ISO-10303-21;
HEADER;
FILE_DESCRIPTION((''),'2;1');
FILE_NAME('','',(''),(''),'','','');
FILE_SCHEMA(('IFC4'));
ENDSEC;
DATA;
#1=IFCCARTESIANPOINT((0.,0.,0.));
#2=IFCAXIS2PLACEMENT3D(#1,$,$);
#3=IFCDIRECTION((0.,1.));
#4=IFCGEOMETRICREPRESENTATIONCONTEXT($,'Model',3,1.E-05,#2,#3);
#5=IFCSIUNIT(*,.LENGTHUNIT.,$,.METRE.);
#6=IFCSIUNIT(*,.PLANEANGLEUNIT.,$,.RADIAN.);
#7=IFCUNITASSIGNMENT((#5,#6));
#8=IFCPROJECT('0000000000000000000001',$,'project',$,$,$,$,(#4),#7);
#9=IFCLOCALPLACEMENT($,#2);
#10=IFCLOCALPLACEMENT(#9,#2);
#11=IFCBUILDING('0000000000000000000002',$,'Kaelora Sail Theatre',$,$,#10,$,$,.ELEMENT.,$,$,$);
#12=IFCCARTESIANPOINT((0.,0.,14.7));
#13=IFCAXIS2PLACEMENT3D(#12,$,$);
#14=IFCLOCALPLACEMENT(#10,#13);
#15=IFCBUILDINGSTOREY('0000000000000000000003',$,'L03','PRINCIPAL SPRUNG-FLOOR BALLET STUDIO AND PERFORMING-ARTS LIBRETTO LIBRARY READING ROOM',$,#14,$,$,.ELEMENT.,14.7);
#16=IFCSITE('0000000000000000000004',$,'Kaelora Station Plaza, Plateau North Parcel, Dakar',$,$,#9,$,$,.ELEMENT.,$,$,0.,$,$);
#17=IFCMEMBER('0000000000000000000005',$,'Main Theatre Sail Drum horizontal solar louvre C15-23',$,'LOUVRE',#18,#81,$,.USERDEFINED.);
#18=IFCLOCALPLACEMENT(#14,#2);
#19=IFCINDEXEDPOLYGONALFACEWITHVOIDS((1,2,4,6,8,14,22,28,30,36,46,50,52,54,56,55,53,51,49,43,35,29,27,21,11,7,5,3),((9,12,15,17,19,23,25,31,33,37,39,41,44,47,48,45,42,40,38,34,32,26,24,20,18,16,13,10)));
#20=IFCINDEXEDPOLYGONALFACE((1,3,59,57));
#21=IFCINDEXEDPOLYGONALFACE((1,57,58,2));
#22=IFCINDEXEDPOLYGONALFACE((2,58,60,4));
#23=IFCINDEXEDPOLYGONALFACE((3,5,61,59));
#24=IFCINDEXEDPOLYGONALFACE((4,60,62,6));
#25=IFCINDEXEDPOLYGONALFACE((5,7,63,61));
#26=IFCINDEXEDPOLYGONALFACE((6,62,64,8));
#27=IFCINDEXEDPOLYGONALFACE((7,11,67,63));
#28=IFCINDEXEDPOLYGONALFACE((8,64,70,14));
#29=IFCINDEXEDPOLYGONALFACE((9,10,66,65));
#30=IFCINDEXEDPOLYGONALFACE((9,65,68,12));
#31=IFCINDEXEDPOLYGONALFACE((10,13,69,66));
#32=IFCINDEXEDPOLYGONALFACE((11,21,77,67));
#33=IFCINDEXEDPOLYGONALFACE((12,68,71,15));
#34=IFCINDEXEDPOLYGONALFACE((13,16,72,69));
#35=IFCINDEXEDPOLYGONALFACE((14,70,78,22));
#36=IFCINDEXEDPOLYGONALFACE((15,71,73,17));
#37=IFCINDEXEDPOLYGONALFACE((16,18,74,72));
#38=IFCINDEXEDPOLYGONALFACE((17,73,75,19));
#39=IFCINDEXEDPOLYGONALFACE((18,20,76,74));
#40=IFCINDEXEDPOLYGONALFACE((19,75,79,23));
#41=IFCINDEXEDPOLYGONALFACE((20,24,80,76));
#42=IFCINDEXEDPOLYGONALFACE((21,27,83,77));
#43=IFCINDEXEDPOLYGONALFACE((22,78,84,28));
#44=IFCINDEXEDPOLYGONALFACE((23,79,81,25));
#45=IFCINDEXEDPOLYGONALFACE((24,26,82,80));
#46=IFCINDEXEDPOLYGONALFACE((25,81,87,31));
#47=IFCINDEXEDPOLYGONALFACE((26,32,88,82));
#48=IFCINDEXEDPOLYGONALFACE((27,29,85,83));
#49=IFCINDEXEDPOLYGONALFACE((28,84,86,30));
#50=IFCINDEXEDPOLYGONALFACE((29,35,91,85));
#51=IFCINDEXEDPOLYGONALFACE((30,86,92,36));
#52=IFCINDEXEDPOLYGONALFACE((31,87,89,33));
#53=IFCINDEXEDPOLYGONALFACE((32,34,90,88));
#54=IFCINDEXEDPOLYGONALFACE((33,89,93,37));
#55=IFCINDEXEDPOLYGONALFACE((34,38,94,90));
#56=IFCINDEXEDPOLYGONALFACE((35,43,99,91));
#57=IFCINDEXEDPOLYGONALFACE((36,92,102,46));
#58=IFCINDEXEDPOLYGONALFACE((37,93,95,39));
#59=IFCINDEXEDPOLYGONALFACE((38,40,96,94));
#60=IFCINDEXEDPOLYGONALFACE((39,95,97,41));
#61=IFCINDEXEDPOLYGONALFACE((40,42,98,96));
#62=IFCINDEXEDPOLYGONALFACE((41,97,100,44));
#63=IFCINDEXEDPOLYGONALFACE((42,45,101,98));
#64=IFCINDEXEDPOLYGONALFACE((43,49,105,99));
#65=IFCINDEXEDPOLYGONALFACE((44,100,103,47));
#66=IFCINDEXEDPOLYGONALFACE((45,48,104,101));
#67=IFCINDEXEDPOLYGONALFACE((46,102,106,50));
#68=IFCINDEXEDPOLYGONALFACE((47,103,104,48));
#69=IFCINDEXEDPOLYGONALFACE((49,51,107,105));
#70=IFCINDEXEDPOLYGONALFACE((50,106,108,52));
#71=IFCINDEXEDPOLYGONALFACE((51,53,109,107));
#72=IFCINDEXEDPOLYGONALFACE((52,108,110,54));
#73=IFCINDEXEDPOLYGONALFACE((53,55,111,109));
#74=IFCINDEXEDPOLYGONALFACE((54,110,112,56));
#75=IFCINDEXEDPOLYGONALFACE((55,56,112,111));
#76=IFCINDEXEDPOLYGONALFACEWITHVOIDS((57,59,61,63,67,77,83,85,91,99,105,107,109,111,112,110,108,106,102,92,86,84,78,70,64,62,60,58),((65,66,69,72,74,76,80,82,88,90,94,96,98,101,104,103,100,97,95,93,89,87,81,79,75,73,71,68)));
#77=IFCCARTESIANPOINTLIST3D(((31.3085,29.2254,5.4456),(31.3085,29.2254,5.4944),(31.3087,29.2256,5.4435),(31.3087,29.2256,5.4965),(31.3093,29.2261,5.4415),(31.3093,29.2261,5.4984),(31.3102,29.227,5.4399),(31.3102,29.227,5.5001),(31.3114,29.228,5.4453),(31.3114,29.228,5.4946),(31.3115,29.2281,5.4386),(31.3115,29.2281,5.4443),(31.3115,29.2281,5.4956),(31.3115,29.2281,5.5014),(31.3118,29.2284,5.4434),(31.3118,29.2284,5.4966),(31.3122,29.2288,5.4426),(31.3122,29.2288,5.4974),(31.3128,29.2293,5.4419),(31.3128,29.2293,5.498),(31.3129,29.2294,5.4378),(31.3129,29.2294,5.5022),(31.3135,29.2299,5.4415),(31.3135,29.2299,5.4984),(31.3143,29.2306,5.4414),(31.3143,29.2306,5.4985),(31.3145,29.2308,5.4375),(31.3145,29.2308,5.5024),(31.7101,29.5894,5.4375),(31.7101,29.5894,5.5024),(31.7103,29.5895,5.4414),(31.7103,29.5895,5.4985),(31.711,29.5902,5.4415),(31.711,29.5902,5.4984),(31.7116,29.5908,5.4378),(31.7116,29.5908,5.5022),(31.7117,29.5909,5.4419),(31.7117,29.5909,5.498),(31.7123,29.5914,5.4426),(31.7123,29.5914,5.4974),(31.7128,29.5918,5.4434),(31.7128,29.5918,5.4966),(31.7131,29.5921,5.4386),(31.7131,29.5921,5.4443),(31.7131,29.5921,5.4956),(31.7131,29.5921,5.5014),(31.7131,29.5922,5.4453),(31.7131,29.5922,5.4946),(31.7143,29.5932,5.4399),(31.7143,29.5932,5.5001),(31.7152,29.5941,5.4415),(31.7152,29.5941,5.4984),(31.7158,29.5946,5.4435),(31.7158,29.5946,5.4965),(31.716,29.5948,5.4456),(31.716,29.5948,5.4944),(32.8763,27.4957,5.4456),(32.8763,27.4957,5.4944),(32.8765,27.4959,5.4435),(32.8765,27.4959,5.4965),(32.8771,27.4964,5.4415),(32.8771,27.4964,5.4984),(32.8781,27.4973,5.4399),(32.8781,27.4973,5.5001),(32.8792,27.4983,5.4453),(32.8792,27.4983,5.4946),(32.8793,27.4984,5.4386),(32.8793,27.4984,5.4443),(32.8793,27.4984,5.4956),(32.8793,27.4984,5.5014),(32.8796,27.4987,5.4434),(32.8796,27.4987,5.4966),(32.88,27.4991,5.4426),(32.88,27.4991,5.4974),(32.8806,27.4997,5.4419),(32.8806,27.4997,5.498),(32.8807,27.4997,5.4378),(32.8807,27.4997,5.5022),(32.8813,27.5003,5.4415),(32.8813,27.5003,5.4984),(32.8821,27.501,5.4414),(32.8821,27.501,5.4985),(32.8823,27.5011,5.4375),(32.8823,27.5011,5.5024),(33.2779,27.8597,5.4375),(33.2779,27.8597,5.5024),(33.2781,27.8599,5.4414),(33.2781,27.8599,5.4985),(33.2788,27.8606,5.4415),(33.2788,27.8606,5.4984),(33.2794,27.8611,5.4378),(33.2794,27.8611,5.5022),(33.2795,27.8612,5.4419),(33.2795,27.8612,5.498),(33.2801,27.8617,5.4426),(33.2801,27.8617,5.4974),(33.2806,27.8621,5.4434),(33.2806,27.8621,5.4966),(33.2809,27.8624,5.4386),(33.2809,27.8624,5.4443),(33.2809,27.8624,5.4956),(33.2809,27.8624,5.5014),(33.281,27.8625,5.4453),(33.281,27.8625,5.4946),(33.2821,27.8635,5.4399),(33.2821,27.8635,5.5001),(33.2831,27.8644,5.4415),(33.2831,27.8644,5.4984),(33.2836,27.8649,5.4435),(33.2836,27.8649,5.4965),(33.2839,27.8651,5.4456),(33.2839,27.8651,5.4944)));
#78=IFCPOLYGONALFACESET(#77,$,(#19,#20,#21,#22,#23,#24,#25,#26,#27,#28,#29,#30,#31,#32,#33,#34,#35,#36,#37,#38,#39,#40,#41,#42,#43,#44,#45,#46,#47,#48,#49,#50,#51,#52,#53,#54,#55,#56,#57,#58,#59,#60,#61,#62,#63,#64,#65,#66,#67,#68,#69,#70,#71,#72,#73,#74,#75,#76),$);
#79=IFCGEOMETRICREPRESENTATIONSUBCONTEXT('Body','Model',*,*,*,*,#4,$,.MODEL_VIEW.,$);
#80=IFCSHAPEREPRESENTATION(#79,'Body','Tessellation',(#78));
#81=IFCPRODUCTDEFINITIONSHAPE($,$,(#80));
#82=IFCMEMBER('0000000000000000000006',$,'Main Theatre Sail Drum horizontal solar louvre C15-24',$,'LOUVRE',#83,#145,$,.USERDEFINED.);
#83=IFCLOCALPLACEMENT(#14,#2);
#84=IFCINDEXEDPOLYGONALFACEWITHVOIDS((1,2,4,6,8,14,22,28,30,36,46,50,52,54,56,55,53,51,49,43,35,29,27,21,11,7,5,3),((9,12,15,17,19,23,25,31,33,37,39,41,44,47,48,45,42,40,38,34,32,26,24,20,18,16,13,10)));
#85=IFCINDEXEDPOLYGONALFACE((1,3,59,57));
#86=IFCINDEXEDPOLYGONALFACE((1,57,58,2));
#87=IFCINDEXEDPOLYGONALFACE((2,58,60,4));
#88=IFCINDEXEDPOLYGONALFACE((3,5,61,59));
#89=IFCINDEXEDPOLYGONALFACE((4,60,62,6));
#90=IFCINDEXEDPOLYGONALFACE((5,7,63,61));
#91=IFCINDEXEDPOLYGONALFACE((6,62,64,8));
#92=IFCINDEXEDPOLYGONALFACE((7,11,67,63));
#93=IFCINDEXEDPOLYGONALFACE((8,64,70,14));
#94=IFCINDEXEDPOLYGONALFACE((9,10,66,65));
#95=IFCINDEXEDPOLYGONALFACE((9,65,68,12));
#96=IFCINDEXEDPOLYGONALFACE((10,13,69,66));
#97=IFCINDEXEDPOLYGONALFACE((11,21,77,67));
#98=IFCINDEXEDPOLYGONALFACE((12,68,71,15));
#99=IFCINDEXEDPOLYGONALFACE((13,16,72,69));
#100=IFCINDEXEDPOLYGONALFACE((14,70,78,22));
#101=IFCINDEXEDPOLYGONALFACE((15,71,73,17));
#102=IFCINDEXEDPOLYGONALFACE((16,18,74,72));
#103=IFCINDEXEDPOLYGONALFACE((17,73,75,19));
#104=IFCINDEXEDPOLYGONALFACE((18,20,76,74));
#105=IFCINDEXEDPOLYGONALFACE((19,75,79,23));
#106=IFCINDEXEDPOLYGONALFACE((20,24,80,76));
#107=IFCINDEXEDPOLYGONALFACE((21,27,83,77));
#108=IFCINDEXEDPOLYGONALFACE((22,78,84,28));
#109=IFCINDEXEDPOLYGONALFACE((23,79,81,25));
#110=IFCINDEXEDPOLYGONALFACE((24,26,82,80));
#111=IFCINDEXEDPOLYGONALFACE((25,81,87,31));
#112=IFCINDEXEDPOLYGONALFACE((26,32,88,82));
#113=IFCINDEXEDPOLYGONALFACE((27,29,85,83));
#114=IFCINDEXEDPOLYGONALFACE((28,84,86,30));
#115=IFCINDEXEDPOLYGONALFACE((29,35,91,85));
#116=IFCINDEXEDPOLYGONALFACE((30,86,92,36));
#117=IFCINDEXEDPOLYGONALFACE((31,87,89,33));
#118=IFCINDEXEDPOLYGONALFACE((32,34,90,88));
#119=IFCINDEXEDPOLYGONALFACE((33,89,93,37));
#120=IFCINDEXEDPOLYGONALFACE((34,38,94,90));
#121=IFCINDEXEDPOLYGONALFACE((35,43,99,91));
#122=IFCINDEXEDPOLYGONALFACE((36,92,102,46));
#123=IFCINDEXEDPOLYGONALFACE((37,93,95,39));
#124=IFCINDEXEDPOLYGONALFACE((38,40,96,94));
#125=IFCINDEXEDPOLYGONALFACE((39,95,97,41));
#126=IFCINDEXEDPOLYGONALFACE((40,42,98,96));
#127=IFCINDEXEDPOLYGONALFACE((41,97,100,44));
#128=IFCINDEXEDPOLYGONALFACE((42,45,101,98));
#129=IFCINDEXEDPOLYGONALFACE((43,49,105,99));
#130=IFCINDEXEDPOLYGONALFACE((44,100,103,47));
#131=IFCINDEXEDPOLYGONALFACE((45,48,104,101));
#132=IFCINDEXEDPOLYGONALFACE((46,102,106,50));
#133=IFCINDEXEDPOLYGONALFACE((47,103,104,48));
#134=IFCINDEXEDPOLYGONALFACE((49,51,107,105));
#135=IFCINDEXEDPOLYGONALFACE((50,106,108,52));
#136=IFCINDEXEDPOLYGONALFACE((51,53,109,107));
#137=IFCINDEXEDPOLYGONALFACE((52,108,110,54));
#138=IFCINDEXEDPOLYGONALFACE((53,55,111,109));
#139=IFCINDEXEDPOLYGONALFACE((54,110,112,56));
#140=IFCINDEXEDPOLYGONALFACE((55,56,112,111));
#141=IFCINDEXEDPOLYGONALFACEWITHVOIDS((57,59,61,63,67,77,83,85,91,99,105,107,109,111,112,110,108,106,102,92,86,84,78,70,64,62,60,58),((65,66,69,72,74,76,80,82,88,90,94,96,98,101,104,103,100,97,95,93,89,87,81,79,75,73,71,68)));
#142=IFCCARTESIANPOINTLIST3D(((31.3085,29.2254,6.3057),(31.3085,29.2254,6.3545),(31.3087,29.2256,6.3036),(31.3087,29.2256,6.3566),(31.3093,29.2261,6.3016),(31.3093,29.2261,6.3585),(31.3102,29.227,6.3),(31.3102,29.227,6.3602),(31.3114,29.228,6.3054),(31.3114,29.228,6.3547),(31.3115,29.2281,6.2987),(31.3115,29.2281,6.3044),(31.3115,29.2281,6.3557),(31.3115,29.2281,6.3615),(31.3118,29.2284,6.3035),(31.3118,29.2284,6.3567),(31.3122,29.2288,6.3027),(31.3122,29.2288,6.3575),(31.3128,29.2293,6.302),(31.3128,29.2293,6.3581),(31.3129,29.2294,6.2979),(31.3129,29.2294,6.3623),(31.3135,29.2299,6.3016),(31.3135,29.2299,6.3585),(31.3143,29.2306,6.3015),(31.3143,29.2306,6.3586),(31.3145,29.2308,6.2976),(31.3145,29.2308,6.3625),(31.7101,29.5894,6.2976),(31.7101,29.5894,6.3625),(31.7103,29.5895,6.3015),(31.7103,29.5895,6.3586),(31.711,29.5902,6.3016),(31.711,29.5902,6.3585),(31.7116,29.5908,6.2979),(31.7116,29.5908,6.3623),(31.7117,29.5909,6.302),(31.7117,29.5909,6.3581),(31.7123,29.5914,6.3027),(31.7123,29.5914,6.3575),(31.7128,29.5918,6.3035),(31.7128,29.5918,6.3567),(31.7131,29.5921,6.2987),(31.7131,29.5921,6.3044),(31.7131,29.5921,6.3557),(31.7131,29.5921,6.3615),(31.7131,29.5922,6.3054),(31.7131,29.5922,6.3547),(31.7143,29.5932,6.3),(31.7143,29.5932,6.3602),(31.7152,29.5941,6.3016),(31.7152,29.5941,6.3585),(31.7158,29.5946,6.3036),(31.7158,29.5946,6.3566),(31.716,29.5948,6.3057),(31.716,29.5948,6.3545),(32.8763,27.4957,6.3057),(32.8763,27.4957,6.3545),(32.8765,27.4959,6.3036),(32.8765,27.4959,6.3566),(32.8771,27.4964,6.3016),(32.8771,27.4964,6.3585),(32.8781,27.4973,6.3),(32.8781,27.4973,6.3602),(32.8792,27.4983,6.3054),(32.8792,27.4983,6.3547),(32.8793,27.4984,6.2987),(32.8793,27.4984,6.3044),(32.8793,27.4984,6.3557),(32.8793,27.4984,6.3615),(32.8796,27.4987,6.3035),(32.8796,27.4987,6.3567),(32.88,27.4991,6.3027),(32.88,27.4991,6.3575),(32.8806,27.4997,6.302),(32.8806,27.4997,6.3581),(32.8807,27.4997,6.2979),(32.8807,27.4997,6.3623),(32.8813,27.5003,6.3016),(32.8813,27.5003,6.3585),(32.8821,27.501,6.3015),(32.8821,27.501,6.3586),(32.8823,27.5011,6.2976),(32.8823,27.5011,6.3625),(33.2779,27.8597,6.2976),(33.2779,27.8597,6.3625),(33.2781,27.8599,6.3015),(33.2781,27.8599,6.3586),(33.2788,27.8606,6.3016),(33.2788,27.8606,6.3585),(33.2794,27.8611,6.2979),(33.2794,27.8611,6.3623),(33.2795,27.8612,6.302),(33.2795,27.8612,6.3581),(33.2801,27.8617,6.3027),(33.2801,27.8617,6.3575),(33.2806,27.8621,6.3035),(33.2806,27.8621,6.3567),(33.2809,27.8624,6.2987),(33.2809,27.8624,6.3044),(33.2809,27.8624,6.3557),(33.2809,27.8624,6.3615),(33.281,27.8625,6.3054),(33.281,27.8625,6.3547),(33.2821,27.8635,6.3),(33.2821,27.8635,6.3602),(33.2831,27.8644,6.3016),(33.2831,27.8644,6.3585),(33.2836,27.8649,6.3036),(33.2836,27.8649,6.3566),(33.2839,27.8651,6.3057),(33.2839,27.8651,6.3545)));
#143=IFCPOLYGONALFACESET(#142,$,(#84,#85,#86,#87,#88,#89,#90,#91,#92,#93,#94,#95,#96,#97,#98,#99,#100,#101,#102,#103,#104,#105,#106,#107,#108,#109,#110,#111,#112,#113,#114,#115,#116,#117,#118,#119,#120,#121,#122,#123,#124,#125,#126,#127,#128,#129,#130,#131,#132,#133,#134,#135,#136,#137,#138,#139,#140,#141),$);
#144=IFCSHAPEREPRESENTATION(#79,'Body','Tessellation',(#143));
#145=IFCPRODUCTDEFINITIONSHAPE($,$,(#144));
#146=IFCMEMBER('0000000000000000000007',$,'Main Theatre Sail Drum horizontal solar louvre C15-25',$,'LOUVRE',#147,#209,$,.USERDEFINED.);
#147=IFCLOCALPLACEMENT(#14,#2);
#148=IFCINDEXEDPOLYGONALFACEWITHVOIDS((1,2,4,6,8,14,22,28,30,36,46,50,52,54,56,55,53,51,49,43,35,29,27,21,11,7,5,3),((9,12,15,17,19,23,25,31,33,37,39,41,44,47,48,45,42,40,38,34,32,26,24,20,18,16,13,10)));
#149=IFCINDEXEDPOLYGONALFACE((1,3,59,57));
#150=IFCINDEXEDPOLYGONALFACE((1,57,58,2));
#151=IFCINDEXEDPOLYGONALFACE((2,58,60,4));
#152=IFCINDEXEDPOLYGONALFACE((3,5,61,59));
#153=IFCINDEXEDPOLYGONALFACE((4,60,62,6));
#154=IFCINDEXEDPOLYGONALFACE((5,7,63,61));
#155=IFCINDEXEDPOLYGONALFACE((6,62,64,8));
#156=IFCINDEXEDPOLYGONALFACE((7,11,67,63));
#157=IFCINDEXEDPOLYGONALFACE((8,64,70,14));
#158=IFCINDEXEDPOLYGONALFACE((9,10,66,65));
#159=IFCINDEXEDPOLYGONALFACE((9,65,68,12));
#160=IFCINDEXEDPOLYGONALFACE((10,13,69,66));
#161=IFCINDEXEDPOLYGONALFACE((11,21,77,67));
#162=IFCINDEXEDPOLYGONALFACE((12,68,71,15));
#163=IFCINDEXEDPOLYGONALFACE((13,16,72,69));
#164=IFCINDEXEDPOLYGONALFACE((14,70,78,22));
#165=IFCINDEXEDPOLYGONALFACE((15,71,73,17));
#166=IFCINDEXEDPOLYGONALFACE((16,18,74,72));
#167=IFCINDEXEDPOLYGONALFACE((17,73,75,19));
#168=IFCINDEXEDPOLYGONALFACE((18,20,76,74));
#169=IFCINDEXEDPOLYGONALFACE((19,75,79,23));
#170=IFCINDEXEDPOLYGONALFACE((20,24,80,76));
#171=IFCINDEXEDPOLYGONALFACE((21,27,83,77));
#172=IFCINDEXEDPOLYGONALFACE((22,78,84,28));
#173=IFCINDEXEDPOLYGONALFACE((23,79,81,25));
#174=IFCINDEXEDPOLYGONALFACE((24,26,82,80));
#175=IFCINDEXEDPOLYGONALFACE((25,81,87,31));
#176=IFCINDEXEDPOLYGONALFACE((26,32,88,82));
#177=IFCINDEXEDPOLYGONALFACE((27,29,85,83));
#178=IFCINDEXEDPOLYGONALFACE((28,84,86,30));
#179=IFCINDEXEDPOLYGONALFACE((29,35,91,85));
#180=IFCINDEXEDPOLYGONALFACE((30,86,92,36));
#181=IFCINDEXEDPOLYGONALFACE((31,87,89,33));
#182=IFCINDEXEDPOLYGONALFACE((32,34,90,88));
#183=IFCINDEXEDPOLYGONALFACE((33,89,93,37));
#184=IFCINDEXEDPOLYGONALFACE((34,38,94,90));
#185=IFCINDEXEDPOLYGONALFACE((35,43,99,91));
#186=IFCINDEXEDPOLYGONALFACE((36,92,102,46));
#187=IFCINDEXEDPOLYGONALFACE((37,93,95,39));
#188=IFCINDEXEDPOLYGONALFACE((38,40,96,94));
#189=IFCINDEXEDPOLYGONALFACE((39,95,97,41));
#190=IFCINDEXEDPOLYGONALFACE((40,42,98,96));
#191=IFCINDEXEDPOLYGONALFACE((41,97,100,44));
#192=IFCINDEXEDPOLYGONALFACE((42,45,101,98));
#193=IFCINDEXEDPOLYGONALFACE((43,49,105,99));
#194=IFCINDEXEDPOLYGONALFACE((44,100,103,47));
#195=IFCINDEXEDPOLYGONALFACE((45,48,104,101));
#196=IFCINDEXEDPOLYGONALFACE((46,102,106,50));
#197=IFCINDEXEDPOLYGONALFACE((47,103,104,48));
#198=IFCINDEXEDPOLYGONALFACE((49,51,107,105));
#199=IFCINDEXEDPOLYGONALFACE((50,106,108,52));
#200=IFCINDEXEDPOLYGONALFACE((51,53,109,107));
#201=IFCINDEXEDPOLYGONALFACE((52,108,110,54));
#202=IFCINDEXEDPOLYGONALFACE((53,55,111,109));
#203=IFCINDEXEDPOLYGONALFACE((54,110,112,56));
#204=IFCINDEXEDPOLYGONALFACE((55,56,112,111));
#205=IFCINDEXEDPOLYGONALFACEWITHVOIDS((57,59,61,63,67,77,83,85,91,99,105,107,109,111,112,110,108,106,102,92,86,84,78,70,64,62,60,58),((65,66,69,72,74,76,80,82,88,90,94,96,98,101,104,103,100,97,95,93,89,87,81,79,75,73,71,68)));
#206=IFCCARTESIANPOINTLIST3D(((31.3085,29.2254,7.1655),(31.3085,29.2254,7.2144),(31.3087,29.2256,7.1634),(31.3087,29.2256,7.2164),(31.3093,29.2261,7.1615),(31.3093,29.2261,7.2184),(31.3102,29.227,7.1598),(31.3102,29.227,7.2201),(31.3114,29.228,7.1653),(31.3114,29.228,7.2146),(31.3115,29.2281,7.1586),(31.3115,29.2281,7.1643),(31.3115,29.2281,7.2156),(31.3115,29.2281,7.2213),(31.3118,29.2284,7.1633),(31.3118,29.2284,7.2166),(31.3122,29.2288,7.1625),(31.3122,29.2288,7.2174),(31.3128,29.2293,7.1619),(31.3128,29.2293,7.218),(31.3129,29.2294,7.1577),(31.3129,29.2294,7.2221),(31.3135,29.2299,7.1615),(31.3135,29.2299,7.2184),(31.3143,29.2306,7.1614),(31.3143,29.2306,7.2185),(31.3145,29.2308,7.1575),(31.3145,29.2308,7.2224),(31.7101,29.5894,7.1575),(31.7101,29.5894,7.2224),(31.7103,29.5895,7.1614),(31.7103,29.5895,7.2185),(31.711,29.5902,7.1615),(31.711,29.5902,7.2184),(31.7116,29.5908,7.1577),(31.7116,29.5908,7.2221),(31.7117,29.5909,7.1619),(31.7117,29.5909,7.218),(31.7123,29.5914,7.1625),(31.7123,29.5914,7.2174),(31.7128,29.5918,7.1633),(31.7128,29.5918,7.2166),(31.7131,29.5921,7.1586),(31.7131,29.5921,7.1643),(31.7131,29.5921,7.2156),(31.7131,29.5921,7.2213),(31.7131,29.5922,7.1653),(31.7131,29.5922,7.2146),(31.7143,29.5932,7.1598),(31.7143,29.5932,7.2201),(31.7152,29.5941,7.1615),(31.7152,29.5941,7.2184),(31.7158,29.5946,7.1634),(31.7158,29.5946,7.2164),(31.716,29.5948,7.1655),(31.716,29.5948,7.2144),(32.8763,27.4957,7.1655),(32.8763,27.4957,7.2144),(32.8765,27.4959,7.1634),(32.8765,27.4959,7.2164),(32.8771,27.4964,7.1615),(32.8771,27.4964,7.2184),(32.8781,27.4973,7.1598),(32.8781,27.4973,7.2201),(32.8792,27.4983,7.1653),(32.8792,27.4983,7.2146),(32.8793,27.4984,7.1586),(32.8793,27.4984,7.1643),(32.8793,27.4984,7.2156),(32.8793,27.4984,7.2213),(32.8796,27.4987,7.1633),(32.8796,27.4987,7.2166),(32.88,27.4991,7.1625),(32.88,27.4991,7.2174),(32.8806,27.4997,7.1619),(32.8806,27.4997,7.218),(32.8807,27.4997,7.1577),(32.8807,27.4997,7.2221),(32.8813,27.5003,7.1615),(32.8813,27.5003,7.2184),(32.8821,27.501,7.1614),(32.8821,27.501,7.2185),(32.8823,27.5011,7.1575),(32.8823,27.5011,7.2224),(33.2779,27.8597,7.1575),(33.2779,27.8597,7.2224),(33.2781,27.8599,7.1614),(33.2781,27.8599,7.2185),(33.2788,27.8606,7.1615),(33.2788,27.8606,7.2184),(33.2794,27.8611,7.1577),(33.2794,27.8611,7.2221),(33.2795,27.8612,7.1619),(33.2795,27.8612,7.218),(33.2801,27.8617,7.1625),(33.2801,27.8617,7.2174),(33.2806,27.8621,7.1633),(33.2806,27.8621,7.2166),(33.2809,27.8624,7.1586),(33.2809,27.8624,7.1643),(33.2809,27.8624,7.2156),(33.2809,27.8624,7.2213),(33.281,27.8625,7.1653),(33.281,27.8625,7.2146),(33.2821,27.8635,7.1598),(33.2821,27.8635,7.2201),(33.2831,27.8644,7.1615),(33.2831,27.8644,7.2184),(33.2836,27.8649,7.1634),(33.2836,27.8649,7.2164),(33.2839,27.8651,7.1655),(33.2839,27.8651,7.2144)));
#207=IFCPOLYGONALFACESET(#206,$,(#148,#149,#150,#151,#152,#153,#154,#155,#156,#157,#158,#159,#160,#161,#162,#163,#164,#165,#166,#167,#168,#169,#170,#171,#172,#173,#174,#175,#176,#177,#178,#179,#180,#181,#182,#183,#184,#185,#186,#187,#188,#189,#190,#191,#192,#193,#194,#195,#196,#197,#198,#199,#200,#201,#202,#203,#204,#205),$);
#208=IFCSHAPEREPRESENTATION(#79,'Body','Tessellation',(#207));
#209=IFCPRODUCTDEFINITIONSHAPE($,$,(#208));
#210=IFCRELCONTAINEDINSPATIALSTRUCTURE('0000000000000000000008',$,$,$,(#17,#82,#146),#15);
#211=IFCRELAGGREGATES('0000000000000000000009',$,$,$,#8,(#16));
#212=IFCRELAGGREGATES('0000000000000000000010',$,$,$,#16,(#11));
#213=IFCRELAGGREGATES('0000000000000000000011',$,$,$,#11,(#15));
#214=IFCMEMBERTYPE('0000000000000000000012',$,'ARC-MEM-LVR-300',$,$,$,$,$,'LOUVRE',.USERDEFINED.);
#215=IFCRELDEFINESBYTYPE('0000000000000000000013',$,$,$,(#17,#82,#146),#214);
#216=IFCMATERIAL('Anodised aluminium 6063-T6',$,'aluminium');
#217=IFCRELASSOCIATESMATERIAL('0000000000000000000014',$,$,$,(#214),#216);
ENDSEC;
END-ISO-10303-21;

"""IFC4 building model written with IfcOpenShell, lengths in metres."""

from ifc_helpers import new_model, si_unit, direction, frame, origin, origin_2d, place, context, subcontext, project, spatial, hollow_rectangle, extrude, material, material_profile, profile_set, type_object, element, save


model = new_model("IFC4")

# Units and contexts
model_context = context("Model", 3, precision=1e-05, world=origin(), true_north=direction((0.0, 1.0)))
body_context = subcontext(model_context, "Body", "Model", "MODEL_VIEW")
ifc_project = project(units=[si_unit("LENGTHUNIT", "METRE"), si_unit("PLANEANGLEUNIT", "RADIAN")], contexts=[model_context])

# Site, building, storey
site_placement = place(None, origin())
site = spatial("IfcSite", under=ifc_project, at=site_placement, Name="Kaelora Station Plaza, Plateau North Parcel, Dakar", CompositionType="ELEMENT", RefElevation=0.0)
building_placement = place(site_placement, origin())
building = spatial("IfcBuilding", under=site, at=building_placement, Name="Kaelora Sail Theatre", CompositionType="ELEMENT")
storey_placement = place(building_placement, frame((0.0, 0.0, 14.7)))
storey = spatial("IfcBuildingStorey", under=building, at=storey_placement, Name="L03", Description="PRINCIPAL SPRUNG-FLOOR BALLET STUDIO AND PERFORMING-ARTS LIBRETTO LIBRARY READING ROOM", CompositionType="ELEMENT", Elevation=14.7)

# Members
ifc_material_1 = material(Name="Anodised aluminium 6063-T6", Category="aluminium")
ifc_material_profile_1 = material_profile(ifc_material_1, hollow_rectangle(XDim=0.55, YDim=0.0649, WallThickness=0.0039, InnerFilletRadius=0.0039, OuterFilletRadius=0.0081, at=origin_2d()), Name="LOUVRE 550x65x4")
ifc_profile_set_1 = profile_set([ifc_material_profile_1], Name="Anodised aluminium 6063-T6")
member_type = type_object("IfcMemberType", Name="ARC-MEM-LVR-300", ElementType="LOUVRE", PredefinedType="USERDEFINED", material=ifc_profile_set_1)
for number, where, z_axis, x_axis, name in (
    (1, (33.0801, 27.6804, 5.47), (-0.671589, 0.740924, 0.0), (-0.740924, -0.671589, 0.0), "Main Theatre Sail Drum horizontal solar louvre C15-23"),
    (2, (33.0801, 27.6804, 6.3301), (-0.671589, 0.740924, 0.0), (-0.740924, -0.671589, 0.0), "Main Theatre Sail Drum horizontal solar louvre C15-24"),
    (3, (33.0801, 27.6804, 7.1899), (-0.671589, 0.740924, 0.0), (-0.740924, -0.671589, 0.0), "Main Theatre Sail Drum horizontal solar louvre C15-25"),
):
    element("IfcMember", number, at=place(storey_placement, frame(where, z_axis=z_axis, x_axis=x_axis)), inside=storey, type_object=member_type, Name=name, ObjectType="LOUVRE", PredefinedType="USERDEFINED", context=body_context, shape_type="SweptSolid", body=[
        extrude(hollow_rectangle(XDim=0.55, YDim=0.0649, WallThickness=0.0039, InnerFilletRadius=0.0039, OuterFilletRadius=0.0081, at=origin_2d()), origin(), (0.0, 0.0, 1.0), 2.3345),
    ])

save(model, "model.ifc")
